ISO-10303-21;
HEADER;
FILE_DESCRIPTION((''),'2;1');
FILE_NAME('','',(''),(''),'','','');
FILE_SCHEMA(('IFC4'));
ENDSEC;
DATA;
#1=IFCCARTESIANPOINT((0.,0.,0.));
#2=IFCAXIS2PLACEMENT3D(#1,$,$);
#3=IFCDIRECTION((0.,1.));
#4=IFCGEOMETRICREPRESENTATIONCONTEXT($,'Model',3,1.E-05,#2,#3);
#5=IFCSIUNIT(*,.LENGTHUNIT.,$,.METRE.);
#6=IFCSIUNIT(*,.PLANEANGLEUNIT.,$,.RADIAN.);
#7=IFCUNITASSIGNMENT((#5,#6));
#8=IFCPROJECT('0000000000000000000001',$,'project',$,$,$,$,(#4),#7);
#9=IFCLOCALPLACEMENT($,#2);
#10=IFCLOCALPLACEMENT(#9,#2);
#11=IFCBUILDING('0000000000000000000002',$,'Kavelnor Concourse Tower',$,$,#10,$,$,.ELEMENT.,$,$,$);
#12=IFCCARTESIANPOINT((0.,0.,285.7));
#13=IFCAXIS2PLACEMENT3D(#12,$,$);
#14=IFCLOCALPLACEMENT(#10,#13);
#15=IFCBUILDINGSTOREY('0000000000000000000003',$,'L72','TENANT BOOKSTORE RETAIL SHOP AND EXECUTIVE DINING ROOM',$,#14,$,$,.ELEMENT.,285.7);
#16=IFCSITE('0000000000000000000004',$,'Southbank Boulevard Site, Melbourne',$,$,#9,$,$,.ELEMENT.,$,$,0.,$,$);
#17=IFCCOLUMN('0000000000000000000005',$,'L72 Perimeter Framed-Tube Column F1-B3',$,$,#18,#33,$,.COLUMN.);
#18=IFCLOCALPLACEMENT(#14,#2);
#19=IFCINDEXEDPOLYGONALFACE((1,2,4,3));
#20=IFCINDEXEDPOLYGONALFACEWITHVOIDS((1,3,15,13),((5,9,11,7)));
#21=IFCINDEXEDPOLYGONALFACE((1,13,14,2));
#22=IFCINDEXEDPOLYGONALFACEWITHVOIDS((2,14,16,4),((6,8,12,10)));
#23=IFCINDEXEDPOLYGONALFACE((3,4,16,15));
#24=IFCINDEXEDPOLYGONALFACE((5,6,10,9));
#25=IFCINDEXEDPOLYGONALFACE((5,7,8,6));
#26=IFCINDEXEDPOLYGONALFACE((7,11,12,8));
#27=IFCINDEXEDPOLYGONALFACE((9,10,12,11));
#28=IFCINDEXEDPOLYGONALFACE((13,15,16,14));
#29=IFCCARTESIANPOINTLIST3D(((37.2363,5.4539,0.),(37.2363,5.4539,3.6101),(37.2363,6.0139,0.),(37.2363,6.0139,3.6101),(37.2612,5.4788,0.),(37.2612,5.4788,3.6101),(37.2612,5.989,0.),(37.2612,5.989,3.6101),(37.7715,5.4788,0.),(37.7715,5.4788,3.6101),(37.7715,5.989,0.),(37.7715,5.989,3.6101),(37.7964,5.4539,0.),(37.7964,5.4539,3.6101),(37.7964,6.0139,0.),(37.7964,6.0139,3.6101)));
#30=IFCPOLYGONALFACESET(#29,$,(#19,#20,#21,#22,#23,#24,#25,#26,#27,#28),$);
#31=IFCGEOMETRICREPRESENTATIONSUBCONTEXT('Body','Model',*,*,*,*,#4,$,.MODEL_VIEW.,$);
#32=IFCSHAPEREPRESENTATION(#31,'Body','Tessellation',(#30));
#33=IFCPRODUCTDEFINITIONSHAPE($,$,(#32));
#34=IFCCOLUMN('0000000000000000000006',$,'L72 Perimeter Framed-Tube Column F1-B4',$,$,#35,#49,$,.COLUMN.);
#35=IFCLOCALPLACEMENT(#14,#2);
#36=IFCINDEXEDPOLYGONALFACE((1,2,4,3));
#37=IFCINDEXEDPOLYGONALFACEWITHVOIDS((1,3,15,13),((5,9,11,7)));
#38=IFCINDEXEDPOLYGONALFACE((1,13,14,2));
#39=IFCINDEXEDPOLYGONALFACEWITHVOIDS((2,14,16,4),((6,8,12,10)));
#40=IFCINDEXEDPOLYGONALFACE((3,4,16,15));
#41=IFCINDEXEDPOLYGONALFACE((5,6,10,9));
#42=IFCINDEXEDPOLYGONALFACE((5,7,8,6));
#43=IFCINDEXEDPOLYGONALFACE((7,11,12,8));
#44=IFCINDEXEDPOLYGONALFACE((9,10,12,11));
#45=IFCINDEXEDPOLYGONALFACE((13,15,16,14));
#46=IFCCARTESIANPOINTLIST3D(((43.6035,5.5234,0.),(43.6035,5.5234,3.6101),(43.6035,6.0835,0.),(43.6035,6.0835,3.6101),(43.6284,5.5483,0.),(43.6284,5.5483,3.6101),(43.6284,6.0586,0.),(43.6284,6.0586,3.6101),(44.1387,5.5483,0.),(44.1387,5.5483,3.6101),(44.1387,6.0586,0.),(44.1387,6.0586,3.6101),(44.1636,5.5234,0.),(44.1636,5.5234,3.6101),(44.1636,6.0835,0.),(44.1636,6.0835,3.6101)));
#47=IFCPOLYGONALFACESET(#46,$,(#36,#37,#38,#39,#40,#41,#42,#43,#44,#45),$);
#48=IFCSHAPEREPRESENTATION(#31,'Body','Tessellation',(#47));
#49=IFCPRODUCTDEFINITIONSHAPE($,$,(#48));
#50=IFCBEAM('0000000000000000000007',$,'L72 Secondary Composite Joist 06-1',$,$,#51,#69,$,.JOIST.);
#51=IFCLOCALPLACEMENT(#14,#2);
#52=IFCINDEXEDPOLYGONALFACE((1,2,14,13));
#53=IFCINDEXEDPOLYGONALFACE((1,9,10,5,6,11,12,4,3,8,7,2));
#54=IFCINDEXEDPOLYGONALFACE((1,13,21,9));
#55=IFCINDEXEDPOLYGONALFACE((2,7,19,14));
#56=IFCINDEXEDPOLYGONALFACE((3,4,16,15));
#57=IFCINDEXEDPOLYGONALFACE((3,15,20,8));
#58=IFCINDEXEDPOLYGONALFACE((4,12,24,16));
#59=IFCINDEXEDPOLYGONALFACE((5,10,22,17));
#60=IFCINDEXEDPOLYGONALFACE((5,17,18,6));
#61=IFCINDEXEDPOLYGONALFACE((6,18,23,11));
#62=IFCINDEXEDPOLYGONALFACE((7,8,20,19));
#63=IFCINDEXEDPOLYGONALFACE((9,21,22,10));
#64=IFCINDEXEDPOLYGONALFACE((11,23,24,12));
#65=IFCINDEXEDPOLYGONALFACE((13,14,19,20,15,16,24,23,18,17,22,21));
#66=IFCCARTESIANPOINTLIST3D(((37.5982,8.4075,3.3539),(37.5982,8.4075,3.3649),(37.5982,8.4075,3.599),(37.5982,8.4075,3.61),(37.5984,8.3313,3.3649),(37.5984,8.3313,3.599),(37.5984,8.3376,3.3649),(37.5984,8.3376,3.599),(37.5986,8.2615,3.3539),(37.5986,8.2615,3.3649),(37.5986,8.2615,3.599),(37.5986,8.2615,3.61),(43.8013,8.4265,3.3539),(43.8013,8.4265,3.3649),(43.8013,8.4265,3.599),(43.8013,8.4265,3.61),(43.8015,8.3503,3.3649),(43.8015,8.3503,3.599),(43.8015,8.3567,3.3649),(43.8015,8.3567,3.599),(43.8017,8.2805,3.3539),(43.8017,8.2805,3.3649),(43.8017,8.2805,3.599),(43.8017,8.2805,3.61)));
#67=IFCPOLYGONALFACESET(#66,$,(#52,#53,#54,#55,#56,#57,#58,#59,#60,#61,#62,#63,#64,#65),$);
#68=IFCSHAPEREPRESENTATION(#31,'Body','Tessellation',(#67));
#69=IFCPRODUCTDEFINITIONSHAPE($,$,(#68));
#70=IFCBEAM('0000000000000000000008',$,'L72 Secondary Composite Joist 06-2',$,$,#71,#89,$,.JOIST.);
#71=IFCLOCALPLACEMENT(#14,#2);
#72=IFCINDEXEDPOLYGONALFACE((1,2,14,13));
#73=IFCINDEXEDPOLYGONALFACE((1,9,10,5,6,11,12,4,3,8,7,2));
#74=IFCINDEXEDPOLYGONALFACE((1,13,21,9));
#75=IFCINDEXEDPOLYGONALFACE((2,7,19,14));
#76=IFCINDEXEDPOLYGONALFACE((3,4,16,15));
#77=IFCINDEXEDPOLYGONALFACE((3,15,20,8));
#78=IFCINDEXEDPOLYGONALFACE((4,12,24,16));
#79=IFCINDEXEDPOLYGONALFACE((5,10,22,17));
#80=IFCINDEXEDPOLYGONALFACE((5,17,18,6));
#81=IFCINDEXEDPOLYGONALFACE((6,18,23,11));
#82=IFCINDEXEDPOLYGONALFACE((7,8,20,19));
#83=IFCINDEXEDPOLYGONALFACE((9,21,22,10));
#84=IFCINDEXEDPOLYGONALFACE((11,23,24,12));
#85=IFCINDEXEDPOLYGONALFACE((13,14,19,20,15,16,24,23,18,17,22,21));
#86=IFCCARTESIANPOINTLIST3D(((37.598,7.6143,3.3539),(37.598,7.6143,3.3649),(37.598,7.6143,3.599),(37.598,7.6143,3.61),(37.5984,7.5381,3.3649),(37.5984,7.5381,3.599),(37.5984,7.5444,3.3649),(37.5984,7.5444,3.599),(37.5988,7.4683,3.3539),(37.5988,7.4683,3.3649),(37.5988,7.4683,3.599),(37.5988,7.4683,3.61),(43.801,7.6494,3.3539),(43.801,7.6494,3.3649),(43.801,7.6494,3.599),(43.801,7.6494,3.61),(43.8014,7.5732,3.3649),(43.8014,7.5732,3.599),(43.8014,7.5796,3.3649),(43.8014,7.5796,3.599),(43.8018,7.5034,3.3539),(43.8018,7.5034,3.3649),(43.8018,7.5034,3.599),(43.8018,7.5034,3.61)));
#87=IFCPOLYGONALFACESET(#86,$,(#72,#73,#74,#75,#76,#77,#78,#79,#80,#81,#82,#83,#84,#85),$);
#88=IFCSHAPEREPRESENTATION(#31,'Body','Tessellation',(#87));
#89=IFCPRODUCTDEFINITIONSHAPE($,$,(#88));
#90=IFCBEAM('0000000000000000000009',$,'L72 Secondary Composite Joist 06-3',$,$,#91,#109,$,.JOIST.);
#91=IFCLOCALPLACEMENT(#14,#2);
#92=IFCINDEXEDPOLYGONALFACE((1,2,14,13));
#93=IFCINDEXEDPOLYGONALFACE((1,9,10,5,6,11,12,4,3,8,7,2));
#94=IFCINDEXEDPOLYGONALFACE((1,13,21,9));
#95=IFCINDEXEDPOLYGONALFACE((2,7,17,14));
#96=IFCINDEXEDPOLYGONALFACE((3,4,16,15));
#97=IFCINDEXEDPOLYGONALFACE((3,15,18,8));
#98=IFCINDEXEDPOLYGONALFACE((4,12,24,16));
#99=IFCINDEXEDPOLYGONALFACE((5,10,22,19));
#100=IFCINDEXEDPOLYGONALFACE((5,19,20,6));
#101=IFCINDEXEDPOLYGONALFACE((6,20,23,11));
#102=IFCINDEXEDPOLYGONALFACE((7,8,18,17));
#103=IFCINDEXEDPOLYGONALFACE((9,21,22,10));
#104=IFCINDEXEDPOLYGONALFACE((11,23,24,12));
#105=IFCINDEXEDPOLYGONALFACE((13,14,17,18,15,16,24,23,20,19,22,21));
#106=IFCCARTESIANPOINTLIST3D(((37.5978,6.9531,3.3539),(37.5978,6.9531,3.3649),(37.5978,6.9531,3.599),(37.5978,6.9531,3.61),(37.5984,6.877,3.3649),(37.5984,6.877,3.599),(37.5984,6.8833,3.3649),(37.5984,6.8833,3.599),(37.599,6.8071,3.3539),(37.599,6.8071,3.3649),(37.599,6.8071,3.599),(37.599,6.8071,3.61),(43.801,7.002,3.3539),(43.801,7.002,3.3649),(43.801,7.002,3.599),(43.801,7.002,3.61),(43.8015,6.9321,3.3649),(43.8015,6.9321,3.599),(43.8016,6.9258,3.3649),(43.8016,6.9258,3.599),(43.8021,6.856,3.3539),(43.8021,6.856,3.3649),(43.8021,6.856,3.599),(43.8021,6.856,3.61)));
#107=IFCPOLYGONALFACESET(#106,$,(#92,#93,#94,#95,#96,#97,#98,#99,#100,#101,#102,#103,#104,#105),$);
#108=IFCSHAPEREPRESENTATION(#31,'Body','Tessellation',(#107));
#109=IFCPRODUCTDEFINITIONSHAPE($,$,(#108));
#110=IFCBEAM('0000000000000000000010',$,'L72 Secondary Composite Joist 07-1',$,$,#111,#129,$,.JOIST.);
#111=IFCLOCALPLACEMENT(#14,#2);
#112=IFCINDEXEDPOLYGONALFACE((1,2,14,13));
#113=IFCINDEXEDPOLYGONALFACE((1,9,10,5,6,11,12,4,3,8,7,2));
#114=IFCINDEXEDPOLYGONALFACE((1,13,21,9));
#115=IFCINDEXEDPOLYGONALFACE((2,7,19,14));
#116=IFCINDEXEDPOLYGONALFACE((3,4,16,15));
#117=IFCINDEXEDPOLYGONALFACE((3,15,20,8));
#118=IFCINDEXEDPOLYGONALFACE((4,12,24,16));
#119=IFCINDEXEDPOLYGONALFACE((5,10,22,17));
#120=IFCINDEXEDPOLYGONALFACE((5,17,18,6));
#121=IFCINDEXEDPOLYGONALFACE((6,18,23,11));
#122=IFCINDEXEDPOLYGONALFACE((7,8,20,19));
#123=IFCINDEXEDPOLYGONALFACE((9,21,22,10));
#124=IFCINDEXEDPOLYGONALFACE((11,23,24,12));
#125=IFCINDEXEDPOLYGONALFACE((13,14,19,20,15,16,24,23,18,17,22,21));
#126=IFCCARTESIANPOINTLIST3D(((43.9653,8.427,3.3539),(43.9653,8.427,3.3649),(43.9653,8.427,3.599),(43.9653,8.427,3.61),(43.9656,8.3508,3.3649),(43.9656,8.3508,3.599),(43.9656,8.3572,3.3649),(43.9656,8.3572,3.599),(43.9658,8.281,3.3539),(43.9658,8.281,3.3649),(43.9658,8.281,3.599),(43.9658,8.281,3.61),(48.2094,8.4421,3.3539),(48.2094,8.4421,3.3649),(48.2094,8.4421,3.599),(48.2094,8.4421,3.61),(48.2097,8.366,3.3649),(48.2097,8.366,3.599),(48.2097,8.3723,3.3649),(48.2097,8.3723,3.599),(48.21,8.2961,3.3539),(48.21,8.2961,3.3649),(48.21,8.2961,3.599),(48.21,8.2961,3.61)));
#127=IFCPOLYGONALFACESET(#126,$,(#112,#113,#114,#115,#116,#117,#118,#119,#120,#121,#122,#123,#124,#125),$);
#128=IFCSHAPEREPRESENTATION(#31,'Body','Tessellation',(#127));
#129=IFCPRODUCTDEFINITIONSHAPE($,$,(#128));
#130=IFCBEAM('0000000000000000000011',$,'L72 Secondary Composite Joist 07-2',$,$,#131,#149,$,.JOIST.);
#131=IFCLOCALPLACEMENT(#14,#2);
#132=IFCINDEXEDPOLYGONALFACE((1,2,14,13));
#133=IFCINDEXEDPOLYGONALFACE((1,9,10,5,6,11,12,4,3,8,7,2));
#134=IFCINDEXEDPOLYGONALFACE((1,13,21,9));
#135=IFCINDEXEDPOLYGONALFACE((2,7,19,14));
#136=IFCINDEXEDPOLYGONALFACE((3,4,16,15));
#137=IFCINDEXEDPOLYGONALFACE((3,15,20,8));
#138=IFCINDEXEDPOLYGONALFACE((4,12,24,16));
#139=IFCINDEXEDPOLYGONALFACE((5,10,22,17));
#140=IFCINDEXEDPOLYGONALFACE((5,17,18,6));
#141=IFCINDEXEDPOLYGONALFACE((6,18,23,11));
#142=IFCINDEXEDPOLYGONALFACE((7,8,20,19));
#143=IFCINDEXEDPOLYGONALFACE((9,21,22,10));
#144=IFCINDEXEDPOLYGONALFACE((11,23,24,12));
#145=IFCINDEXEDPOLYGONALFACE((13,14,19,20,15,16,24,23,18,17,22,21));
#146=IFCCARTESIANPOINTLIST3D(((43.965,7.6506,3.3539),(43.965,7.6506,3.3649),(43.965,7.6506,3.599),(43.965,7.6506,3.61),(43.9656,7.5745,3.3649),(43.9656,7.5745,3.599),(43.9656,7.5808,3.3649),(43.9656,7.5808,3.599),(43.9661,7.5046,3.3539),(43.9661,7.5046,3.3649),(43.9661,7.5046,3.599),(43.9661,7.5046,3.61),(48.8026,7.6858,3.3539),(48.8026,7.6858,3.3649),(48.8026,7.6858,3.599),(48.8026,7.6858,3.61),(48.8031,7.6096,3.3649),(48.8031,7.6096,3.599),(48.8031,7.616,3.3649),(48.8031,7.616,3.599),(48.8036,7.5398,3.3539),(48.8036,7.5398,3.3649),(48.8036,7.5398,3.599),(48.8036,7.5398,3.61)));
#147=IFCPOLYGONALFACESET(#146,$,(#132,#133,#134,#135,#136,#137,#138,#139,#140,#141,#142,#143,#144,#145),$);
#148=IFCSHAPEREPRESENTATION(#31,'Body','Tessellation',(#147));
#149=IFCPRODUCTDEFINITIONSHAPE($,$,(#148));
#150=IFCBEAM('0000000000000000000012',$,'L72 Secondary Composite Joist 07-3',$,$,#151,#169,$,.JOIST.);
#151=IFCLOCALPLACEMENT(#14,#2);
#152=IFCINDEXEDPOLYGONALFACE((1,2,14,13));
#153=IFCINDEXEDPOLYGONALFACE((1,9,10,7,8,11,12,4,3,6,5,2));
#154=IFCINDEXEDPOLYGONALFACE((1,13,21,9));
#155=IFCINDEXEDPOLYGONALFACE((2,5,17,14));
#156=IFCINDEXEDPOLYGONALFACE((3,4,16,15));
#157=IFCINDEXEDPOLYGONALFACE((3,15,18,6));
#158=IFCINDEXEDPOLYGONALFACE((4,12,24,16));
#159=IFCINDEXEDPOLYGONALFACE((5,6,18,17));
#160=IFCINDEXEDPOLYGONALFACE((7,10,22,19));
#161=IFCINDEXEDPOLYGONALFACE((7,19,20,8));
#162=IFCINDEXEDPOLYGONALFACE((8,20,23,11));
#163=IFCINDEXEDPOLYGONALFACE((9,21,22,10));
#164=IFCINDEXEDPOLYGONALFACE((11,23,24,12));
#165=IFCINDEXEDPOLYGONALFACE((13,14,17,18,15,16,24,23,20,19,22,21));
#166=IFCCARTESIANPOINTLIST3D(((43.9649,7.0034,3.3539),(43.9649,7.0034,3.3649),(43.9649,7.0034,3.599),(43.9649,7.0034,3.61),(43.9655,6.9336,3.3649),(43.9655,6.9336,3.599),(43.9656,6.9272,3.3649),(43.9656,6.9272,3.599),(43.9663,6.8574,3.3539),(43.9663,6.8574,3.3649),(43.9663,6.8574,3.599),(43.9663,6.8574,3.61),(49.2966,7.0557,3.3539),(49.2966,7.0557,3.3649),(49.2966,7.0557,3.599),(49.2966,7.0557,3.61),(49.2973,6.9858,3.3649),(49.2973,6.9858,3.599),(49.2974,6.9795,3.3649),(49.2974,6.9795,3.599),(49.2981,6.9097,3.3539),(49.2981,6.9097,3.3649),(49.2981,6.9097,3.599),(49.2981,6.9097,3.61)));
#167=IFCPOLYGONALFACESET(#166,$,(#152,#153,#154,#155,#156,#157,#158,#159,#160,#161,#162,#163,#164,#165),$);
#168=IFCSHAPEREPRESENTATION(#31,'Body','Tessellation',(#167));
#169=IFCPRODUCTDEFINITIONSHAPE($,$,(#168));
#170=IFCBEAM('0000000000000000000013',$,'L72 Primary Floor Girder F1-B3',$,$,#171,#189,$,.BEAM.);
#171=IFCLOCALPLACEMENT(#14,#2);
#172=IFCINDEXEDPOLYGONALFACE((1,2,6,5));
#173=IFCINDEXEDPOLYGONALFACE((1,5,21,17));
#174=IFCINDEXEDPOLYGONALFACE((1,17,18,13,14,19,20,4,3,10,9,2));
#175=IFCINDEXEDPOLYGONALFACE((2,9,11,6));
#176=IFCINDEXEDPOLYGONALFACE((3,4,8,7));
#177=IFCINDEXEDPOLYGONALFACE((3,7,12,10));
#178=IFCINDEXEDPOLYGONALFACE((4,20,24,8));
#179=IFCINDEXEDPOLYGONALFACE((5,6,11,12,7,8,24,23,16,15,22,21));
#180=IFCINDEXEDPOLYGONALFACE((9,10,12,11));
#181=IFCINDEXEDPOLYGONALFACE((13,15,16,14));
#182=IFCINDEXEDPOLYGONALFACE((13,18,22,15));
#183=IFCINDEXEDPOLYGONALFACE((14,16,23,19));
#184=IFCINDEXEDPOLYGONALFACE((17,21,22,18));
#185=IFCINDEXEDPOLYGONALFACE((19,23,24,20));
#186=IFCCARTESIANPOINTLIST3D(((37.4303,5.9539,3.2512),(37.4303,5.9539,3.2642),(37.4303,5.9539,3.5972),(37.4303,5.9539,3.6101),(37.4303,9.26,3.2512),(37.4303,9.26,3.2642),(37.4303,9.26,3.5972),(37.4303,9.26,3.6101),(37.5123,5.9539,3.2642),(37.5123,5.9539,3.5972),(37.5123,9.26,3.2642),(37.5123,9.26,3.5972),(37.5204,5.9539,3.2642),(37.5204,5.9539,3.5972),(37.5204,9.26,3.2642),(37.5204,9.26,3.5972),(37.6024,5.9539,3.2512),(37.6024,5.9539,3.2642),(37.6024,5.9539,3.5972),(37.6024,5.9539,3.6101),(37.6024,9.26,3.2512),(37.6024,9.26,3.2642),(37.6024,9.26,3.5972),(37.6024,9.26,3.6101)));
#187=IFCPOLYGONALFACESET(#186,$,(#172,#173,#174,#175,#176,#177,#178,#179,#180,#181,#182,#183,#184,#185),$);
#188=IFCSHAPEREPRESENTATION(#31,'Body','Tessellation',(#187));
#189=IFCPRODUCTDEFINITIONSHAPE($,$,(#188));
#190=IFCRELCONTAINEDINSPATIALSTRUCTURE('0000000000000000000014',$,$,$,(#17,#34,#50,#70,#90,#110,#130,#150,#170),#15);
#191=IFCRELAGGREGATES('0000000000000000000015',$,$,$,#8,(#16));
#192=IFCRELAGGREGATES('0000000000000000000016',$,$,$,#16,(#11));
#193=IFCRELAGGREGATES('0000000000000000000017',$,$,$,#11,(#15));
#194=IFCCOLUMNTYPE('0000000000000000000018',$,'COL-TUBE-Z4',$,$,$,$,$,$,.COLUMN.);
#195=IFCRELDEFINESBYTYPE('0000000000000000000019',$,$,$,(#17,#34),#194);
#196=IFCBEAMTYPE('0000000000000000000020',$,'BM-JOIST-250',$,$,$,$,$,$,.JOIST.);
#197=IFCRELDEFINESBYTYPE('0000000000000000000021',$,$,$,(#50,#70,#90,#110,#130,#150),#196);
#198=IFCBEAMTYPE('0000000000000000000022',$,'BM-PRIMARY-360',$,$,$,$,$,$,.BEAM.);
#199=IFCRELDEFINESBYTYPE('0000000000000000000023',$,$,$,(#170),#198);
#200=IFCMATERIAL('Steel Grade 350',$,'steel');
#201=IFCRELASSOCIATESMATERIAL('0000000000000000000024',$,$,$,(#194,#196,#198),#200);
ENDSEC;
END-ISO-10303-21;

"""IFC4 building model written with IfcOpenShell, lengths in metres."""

from ifc_helpers import new_model, si_unit, direction, frame, origin, origin_2d, place, context, subcontext, project, spatial, hollow_rectangle, i_section, extrude, material, material_profile, profile_set, type_object, element, save


model = new_model("IFC4")

# Units and contexts
model_context = context("Model", 3, precision=1e-05, world=origin(), true_north=direction((0.0, 1.0)))
body_context = subcontext(model_context, "Body", "Model", "MODEL_VIEW")
ifc_project = project(units=[si_unit("LENGTHUNIT", "METRE"), si_unit("PLANEANGLEUNIT", "RADIAN")], contexts=[model_context])

# Site, building, storey
site_placement = place(None, origin())
site = spatial("IfcSite", under=ifc_project, at=site_placement, Name="Southbank Boulevard Site, Melbourne", CompositionType="ELEMENT", RefElevation=0.0)
building_placement = place(site_placement, origin())
building = spatial("IfcBuilding", under=site, at=building_placement, Name="Kavelnor Concourse Tower", CompositionType="ELEMENT")
storey_placement = place(building_placement, frame((0.0, 0.0, 285.7)))
storey = spatial("IfcBuildingStorey", under=building, at=storey_placement, Name="L72", Description="TENANT BOOKSTORE RETAIL SHOP AND EXECUTIVE DINING ROOM", CompositionType="ELEMENT", Elevation=285.7)

# Columns
ifc_material_1 = material(Name="Steel Grade 350", Category="steel")
ifc_material_profile_1 = material_profile(ifc_material_1, hollow_rectangle(XDim=0.5601, YDim=0.5601, WallThickness=0.0249, at=origin_2d()), Name="SHS 560x560x25")
ifc_profile_set_1 = profile_set([ifc_material_profile_1], Name="Steel Grade 350")
column_type = type_object("IfcColumnType", Name="COL-TUBE-Z4", PredefinedType="COLUMN", material=ifc_profile_set_1)
for number, where, z_axis, x_axis, name in (
    (1, (37.5164, 5.7339, 0.0), (0.0, 0.0, 1.0), (1.0, 0.0, 0.0), "L72 Perimeter Framed-Tube Column F1-B3"),
    (2, (43.8835, 5.8035, 0.0), (0.0, 0.0, 1.0), (1.0, 0.0, 0.0), "L72 Perimeter Framed-Tube Column F1-B4"),
):
    element("IfcColumn", number, at=place(storey_placement, frame(where, z_axis=z_axis, x_axis=x_axis)), inside=storey, type_object=column_type, Name=name, PredefinedType="COLUMN", context=body_context, shape_type="SweptSolid", body=[
        extrude(hollow_rectangle(XDim=0.5601, YDim=0.5601, WallThickness=0.0249, at=origin_2d()), origin(), (0.0, 0.0, 1.0), 3.6101),
    ])

# Beams
ifc_material_profile_2 = material_profile(ifc_material_1, i_section(OverallWidth=0.146, OverallDepth=0.2561, WebThickness=0.0063, FlangeThickness=0.011, at=origin_2d()), Name="250UB37")
ifc_profile_set_2 = profile_set([ifc_material_profile_2], Name="Steel Grade 350")
beam_type_1 = type_object("IfcBeamType", Name="BM-JOIST-250", PredefinedType="JOIST", material=ifc_profile_set_2)
for number, where, z_axis, x_axis, name in (
    (3, (37.5984, 8.3345, 3.4819), (0.999995, 0.00307, 0.0), (-0.00307, 0.999995, 0.0), "L72 Secondary Composite Joist 06-1"),
    (4, (37.5984, 7.5413, 3.4819), (0.999984, 0.005667, 0.0), (-0.005667, 0.999984, 0.0), "L72 Secondary Composite Joist 06-2"),
):
    element("IfcBeam", number, at=place(storey_placement, frame(where, z_axis=z_axis, x_axis=x_axis)), inside=storey, type_object=beam_type_1, Name=name, PredefinedType="JOIST", context=body_context, shape_type="SweptSolid", body=[
        extrude(i_section(OverallWidth=0.146, OverallDepth=0.2561, WebThickness=0.0063, FlangeThickness=0.011, at=origin_2d()), origin(), (0.0, 0.0, 1.0), 6.2031),
    ])
beam_1_placement = place(storey_placement, frame((37.5984, 6.8801, 3.4819), z_axis=(0.999969, 0.007871, 0.0), x_axis=(-0.007871, 0.999969, 0.0)))
element("IfcBeam", 5, at=beam_1_placement, inside=storey, type_object=beam_type_1, Name="L72 Secondary Composite Joist 06-3", PredefinedType="JOIST", context=body_context, shape_type="SweptSolid", body=[
    extrude(i_section(OverallWidth=0.146, OverallDepth=0.2561, WebThickness=0.0063, FlangeThickness=0.011, at=origin_2d()), origin(), (0.0, 0.0, 1.0), 6.2034),
])
beam_2_placement = place(storey_placement, frame((43.9656, 8.354, 3.4819), z_axis=(0.999994, 0.003566, 0.0), x_axis=(-0.003566, 0.999994, 0.0)))
element("IfcBeam", 6, at=beam_2_placement, inside=storey, type_object=beam_type_1, Name="L72 Secondary Composite Joist 07-1", PredefinedType="JOIST", context=body_context, shape_type="SweptSolid", body=[
    extrude(i_section(OverallWidth=0.146, OverallDepth=0.2561, WebThickness=0.0063, FlangeThickness=0.011, at=origin_2d()), origin(), (0.0, 0.0, 1.0), 4.2441),
])
beam_3_placement = place(storey_placement, frame((43.9656, 7.5776, 3.4819), z_axis=(0.999974, 0.007267, 0.0), x_axis=(-0.007267, 0.999974, 0.0)))
element("IfcBeam", 7, at=beam_3_placement, inside=storey, type_object=beam_type_1, Name="L72 Secondary Composite Joist 07-2", PredefinedType="JOIST", context=body_context, shape_type="SweptSolid", body=[
    extrude(i_section(OverallWidth=0.146, OverallDepth=0.2561, WebThickness=0.0063, FlangeThickness=0.011, at=origin_2d()), origin(), (0.0, 0.0, 1.0), 4.8376),
])
beam_4_placement = place(storey_placement, frame((43.9656, 6.9304, 3.4819), z_axis=(0.999952, 0.009799, 0.0), x_axis=(-0.009799, 0.999952, 0.0)))
element("IfcBeam", 8, at=beam_4_placement, inside=storey, type_object=beam_type_1, Name="L72 Secondary Composite Joist 07-3", PredefinedType="JOIST", context=body_context, shape_type="SweptSolid", body=[
    extrude(i_section(OverallWidth=0.146, OverallDepth=0.2561, WebThickness=0.0063, FlangeThickness=0.011, at=origin_2d()), origin(), (0.0, 0.0, 1.0), 5.332),
])
ifc_material_profile_3 = material_profile(ifc_material_1, i_section(OverallWidth=0.1721, OverallDepth=0.3589, WebThickness=0.0081, FlangeThickness=0.0129, at=origin_2d()), Name="360UB56")
ifc_profile_set_3 = profile_set([ifc_material_profile_3], Name="Steel Grade 350")
beam_type_2 = type_object("IfcBeamType", Name="BM-PRIMARY-360", PredefinedType="BEAM", material=ifc_profile_set_3)
beam_5_placement = place(storey_placement, frame((37.5164, 9.26, 3.4307), z_axis=(0.0, -1.0, 0.0), x_axis=(1.0, 0.0, 0.0)))
element("IfcBeam", 9, at=beam_5_placement, inside=storey, type_object=beam_type_2, Name="L72 Primary Floor Girder F1-B3", PredefinedType="BEAM", context=body_context, shape_type="SweptSolid", body=[
    extrude(i_section(OverallWidth=0.1721, OverallDepth=0.3589, WebThickness=0.0081, FlangeThickness=0.0129, at=origin_2d()), origin(), (0.0, 0.0, 1.0), 3.3062),
])

save(model, "model.ifc")
